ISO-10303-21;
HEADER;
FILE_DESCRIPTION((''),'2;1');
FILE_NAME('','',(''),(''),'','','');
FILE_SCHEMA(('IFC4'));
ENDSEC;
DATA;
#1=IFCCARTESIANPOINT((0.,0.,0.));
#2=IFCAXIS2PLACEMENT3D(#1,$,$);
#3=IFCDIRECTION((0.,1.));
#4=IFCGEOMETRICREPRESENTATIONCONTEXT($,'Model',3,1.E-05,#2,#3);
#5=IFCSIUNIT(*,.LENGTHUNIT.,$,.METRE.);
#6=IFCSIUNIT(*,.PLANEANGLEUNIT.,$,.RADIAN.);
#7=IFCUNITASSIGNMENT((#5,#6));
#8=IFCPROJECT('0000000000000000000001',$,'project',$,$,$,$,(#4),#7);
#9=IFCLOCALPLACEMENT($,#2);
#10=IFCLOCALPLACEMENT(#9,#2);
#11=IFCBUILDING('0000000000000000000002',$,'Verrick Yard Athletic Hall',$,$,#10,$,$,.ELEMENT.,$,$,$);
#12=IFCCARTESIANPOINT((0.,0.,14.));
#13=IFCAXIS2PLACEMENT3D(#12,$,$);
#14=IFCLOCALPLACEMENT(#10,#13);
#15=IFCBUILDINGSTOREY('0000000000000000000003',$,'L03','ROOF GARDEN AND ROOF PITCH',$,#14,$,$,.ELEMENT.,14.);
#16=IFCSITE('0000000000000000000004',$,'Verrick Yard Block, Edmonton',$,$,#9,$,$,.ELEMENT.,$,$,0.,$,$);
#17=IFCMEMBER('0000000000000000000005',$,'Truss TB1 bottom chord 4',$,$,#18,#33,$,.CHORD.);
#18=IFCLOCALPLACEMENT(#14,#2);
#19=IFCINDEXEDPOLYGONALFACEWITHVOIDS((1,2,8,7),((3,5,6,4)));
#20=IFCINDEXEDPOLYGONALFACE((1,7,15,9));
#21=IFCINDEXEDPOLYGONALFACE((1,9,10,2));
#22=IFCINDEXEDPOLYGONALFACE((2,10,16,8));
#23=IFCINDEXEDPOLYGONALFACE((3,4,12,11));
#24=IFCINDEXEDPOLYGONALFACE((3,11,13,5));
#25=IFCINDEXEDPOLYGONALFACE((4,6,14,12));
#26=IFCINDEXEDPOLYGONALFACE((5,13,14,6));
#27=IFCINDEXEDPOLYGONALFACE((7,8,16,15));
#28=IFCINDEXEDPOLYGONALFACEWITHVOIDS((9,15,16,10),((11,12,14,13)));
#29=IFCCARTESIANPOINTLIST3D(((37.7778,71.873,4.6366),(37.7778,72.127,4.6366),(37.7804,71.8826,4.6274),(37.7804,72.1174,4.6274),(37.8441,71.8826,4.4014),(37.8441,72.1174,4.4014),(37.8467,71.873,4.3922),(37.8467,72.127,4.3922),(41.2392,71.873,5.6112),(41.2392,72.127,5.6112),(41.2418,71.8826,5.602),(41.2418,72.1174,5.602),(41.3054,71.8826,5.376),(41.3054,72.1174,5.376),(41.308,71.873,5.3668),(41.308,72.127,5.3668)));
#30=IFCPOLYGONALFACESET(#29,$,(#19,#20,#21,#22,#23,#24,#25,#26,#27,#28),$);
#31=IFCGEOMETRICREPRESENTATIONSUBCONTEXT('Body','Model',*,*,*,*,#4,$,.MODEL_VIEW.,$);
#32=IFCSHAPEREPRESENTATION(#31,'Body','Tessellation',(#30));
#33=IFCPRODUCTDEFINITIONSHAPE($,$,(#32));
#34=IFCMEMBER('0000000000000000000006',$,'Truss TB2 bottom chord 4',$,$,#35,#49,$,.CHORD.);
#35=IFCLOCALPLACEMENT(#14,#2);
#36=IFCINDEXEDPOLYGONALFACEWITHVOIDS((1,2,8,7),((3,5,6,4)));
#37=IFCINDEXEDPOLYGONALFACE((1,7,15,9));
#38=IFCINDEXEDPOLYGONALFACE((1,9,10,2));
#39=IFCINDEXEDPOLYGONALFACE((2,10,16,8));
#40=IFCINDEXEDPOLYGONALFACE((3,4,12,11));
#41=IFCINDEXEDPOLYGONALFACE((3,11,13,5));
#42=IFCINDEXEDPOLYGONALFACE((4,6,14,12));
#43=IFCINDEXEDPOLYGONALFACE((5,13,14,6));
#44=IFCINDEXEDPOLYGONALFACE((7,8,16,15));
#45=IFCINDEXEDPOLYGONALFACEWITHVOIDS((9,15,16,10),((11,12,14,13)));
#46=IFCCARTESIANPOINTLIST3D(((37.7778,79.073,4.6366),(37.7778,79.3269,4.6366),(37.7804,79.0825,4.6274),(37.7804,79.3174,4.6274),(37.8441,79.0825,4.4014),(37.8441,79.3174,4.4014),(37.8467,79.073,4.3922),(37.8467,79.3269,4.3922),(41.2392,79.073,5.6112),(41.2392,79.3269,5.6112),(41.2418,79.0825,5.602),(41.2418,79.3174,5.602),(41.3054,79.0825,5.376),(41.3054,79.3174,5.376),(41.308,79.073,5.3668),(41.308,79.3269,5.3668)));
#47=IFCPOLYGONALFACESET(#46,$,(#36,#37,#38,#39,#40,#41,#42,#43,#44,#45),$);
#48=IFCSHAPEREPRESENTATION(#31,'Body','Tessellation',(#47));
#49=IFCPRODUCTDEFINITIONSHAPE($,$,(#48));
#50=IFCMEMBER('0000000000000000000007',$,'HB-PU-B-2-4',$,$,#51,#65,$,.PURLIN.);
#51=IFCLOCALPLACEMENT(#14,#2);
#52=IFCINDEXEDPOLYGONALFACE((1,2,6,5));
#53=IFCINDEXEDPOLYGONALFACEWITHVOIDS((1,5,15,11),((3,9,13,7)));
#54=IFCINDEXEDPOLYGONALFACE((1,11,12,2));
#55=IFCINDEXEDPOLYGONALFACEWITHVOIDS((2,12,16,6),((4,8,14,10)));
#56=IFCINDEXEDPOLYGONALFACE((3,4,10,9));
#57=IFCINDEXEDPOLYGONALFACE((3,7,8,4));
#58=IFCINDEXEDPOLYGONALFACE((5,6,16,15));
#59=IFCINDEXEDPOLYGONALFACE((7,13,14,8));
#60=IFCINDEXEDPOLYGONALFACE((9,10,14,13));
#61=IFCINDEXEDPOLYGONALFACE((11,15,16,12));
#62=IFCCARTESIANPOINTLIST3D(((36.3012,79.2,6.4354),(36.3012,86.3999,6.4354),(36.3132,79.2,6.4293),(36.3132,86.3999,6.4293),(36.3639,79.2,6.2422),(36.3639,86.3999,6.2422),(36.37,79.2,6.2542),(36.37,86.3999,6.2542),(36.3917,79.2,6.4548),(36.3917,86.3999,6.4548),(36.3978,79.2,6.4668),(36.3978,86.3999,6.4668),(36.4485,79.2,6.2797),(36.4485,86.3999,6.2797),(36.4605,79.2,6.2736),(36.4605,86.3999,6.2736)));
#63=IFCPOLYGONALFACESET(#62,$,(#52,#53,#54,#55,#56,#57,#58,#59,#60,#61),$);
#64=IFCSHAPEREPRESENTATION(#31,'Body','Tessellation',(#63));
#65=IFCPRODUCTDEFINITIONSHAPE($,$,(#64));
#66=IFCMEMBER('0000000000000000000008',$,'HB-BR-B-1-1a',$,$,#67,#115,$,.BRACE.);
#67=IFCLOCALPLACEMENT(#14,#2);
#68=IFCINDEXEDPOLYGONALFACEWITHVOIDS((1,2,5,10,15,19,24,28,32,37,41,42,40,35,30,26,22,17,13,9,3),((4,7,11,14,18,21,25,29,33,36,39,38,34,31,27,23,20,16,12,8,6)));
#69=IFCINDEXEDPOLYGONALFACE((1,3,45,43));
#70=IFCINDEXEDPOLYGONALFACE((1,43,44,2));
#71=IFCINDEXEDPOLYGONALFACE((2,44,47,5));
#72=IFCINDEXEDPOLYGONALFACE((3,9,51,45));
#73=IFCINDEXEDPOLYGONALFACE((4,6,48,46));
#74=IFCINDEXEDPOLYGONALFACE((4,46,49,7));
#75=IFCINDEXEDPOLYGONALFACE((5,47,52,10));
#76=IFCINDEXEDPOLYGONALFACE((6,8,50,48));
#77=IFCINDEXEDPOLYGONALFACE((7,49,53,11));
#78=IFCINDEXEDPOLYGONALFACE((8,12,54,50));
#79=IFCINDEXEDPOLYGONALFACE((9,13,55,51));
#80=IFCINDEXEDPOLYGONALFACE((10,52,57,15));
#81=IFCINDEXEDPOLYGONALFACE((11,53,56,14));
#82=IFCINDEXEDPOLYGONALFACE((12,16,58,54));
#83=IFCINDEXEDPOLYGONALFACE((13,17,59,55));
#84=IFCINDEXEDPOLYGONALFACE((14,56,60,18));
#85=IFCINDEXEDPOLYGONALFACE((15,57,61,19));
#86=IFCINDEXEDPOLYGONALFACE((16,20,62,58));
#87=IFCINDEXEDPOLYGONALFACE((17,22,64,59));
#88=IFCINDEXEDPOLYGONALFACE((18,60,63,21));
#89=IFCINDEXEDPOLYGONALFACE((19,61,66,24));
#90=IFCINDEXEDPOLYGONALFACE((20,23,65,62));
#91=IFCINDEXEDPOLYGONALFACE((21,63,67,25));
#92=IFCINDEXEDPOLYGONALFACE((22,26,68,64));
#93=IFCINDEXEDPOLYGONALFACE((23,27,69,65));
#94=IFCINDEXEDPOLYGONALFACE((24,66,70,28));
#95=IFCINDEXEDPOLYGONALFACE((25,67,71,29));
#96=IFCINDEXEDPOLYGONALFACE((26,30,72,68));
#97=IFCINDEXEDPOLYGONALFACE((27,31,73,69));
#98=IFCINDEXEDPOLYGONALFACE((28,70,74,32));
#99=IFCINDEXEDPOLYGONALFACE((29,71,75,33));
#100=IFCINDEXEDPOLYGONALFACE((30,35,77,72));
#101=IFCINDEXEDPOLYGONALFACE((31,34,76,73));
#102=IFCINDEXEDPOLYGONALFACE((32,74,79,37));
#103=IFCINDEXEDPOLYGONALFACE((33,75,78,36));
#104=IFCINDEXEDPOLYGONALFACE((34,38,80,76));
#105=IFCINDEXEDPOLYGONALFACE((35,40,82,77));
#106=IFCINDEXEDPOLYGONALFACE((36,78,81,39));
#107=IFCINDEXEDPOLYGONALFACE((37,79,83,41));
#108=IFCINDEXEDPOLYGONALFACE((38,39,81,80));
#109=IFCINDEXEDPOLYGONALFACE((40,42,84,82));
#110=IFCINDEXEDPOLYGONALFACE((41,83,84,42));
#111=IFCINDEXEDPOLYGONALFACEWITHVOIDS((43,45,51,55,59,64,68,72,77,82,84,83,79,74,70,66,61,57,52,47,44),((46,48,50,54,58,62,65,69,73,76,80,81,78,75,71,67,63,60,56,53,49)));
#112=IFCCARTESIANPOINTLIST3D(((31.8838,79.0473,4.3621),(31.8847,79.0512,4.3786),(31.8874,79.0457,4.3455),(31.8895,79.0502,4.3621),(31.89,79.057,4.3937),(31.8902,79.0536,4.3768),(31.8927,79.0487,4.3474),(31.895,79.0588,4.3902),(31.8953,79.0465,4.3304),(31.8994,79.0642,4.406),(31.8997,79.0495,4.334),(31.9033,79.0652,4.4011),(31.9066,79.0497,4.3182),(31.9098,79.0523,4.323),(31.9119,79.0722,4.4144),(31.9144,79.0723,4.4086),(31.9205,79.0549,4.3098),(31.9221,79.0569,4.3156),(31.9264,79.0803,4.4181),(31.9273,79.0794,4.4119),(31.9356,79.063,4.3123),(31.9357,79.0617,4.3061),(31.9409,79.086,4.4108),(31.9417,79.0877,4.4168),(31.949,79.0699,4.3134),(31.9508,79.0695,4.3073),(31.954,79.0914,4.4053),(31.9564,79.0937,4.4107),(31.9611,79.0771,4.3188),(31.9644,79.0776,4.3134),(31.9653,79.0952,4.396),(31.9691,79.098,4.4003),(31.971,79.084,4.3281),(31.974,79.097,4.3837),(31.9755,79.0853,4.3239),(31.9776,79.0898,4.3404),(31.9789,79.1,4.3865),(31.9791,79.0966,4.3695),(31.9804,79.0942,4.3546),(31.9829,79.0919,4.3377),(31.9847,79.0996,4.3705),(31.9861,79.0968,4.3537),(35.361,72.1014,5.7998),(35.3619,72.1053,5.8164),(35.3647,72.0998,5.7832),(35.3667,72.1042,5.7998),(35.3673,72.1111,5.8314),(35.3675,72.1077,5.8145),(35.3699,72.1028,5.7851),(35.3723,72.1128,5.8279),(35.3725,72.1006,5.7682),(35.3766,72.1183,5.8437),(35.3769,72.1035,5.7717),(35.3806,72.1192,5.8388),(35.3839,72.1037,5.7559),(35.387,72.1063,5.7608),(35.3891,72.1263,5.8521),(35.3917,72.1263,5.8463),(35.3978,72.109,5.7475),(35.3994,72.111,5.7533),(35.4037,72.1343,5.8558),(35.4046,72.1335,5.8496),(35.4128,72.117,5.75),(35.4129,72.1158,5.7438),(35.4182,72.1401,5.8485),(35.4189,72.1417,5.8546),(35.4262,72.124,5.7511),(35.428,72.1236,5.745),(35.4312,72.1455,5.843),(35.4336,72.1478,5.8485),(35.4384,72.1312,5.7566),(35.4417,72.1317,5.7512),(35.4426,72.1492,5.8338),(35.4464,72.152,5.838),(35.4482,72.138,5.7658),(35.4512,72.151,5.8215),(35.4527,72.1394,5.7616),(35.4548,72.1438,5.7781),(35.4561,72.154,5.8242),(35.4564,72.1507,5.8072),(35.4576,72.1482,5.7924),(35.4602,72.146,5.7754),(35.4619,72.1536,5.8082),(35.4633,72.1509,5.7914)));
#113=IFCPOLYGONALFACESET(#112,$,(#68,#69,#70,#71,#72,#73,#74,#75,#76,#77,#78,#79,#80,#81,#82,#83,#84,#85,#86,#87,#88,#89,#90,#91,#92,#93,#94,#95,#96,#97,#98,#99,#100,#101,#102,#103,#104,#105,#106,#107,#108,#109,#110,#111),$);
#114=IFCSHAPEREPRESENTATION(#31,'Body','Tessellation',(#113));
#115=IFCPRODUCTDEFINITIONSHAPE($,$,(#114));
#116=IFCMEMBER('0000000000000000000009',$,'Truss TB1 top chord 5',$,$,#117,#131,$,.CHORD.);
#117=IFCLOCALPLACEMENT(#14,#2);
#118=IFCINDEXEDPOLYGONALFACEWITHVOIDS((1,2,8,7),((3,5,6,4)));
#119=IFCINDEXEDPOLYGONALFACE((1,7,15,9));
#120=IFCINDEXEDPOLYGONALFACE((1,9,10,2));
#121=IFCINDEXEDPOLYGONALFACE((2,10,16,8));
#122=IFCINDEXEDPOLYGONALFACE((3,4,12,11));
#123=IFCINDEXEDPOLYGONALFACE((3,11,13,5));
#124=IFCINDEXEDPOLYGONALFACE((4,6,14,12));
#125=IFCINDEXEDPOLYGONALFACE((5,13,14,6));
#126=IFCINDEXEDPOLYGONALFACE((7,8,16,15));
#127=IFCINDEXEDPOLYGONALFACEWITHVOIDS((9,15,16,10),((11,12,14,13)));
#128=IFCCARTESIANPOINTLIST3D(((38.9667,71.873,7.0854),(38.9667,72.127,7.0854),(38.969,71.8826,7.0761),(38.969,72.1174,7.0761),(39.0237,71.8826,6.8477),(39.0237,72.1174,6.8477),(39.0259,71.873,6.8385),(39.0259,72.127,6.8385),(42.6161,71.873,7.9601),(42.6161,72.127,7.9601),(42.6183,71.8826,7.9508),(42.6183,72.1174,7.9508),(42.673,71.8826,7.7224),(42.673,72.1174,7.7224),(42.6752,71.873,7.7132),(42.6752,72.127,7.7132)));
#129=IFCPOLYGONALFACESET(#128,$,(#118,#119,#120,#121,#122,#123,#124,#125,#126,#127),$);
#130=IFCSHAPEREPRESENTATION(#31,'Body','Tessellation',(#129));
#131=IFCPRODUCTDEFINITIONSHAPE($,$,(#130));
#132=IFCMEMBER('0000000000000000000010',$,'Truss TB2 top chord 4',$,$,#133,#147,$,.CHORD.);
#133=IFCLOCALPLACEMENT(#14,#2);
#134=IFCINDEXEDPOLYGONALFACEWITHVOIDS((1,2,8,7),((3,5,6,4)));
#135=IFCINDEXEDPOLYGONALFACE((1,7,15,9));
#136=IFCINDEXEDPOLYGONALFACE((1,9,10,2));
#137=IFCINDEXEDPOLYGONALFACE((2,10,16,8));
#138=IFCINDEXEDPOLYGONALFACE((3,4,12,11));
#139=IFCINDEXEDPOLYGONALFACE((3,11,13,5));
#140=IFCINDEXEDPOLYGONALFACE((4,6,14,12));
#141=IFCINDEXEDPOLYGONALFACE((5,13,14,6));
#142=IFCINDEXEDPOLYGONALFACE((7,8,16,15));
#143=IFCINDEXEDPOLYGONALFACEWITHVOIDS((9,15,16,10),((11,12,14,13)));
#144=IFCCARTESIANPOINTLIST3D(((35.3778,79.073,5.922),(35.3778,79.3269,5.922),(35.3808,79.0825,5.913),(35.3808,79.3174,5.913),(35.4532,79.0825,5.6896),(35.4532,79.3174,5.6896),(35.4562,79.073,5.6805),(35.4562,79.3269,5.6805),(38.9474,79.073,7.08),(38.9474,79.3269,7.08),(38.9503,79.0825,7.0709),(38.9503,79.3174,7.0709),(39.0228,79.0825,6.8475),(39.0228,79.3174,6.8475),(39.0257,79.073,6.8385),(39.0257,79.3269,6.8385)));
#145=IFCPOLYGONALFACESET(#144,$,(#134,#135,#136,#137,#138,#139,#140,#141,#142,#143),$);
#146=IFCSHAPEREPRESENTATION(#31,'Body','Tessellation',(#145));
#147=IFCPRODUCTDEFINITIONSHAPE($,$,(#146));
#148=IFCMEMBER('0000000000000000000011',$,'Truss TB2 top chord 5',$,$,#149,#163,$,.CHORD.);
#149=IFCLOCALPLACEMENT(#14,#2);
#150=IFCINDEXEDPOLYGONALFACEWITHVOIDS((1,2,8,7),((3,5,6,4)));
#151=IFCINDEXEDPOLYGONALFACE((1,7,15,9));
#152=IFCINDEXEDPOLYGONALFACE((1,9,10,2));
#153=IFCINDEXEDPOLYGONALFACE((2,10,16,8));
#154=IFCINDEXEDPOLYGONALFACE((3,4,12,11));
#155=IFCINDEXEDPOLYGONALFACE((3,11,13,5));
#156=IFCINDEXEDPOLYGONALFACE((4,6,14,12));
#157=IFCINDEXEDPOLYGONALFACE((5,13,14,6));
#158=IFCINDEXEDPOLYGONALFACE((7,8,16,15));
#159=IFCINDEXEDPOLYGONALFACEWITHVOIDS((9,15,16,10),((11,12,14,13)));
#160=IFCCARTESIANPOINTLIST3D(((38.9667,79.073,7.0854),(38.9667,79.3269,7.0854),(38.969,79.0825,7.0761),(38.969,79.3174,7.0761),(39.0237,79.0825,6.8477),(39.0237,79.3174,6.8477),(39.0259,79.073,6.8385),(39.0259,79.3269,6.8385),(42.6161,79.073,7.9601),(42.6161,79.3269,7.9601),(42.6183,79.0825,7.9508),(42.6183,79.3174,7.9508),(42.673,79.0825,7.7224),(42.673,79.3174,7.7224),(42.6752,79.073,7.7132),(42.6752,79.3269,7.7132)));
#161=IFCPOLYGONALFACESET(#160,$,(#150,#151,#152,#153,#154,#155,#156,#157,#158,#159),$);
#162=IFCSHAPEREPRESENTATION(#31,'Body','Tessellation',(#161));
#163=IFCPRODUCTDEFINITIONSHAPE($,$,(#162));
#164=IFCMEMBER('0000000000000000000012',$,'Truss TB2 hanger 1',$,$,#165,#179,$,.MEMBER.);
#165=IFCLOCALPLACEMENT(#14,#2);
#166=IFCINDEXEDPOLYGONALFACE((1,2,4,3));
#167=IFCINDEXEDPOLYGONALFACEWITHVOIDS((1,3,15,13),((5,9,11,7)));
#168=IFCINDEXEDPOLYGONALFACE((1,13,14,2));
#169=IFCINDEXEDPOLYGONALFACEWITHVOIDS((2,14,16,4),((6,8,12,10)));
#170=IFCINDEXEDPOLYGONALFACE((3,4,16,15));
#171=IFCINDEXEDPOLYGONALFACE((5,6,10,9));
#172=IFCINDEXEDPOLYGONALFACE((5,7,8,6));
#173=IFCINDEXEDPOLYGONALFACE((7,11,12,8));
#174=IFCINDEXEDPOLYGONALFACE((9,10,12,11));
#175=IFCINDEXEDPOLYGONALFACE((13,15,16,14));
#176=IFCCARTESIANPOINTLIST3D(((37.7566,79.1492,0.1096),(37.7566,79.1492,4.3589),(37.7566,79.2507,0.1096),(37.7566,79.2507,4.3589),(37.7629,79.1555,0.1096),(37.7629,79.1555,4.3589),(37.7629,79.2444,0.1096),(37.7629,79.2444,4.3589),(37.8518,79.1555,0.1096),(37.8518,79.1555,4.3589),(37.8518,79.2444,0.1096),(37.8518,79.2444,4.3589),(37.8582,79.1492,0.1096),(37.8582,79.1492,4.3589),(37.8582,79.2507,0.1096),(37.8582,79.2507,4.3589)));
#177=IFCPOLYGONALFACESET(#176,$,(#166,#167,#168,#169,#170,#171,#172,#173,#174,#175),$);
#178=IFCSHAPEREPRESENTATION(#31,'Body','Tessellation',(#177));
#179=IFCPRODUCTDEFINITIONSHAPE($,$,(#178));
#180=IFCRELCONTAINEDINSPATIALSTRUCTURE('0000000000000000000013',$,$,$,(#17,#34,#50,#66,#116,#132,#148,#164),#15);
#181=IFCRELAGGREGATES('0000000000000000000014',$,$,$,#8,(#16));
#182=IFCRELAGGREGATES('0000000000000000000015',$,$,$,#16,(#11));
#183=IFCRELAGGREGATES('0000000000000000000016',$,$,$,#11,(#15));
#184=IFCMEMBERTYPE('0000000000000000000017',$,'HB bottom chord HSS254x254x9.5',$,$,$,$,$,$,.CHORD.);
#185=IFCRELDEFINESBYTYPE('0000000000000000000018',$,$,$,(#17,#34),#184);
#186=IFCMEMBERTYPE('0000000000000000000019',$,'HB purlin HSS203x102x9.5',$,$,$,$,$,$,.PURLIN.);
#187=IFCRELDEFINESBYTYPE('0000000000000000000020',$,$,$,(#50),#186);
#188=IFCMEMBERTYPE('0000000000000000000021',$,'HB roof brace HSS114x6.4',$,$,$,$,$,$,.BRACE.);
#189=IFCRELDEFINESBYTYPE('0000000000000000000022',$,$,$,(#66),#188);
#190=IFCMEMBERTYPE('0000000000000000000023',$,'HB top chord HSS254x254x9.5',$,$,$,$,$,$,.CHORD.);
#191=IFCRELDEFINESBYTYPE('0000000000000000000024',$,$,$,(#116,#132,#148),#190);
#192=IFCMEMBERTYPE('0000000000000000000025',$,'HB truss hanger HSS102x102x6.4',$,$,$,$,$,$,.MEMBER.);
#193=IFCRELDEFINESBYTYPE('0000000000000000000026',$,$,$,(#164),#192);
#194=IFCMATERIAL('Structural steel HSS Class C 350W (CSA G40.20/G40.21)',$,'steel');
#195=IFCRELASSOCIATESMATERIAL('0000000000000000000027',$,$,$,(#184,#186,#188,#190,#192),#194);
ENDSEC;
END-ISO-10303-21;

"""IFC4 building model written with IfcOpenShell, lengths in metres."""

from ifc_helpers import new_model, si_unit, direction, frame, origin, origin_2d, place, context, subcontext, project, spatial, hollow_rectangle, hollow_circle, extrude, material, material_profile, profile_set, type_object, element, save


model = new_model("IFC4")

# Units and contexts
model_context = context("Model", 3, precision=1e-05, world=origin(), true_north=direction((0.0, 1.0)))
body_context = subcontext(model_context, "Body", "Model", "MODEL_VIEW")
ifc_project = project(units=[si_unit("LENGTHUNIT", "METRE"), si_unit("PLANEANGLEUNIT", "RADIAN")], contexts=[model_context])

# Site, building, storey
site_placement = place(None, origin())
site = spatial("IfcSite", under=ifc_project, at=site_placement, Name="Verrick Yard Block, Edmonton", CompositionType="ELEMENT", RefElevation=0.0)
building_placement = place(site_placement, origin())
building = spatial("IfcBuilding", under=site, at=building_placement, Name="Verrick Yard Athletic Hall", CompositionType="ELEMENT")
storey_placement = place(building_placement, frame((0.0, 0.0, 14.0)))
storey = spatial("IfcBuildingStorey", under=building, at=storey_placement, Name="L03", Description="ROOF GARDEN AND ROOF PITCH", CompositionType="ELEMENT", Elevation=14.0)

# Members
ifc_material_1 = material(Name="Structural steel HSS Class C 350W (CSA G40.20/G40.21)", Category="steel")
ifc_material_profile_1 = material_profile(ifc_material_1, hollow_rectangle(XDim=0.2539, YDim=0.2539, WallThickness=0.0095, at=origin_2d()), Name="HSS254x254x9.5")
ifc_profile_set_1 = profile_set([ifc_material_profile_1], Name="Structural steel HSS Class C 350W (CSA G40.20/G40.21)")
member_type_1 = type_object("IfcMemberType", Name="HB bottom chord HSS254x254x9.5", PredefinedType="CHORD", material=ifc_profile_set_1)
for number, where, z_axis, x_axis, name in (
    (1, (37.8123, 72.0, 4.5144), (0.962572, 0.0, 0.271025), (0.0, 1.0, 0.0), "Truss TB1 bottom chord 4"),
    (2, (37.8123, 79.2, 4.5144), (0.962572, 0.0, 0.271025), (0.0, 1.0, 0.0), "Truss TB2 bottom chord 4"),
):
    element("IfcMember", number, at=place(storey_placement, frame(where, z_axis=z_axis, x_axis=x_axis)), inside=storey, type_object=member_type_1, Name=name, PredefinedType="CHORD", context=body_context, shape_type="SweptSolid", body=[
        extrude(hollow_rectangle(XDim=0.2539, YDim=0.2539, WallThickness=0.0095, at=origin_2d()), origin(), (0.0, 0.0, 1.0), 3.5959),
    ])
ifc_material_profile_2 = material_profile(ifc_material_1, hollow_rectangle(XDim=0.1016, YDim=0.2031, WallThickness=0.0095, at=origin_2d()), Name="HSS203x102x9.5")
ifc_profile_set_2 = profile_set([ifc_material_profile_2], Name="Structural steel HSS Class C 350W (CSA G40.20/G40.21)")
member_type_2 = type_object("IfcMemberType", Name="HB purlin HSS203x102x9.5", PredefinedType="PURLIN", material=ifc_profile_set_2)
member_1_placement = place(storey_placement, frame((36.3809, 79.2, 6.3545), z_axis=(0.0, 1.0, 0.0), x_axis=(-0.951214, 0.0, -0.308533)))
element("IfcMember", 3, at=member_1_placement, inside=storey, type_object=member_type_2, Name="HB-PU-B-2-4", PredefinedType="PURLIN", context=body_context, shape_type="SweptSolid", body=[
    extrude(hollow_rectangle(XDim=0.1016, YDim=0.2031, WallThickness=0.0095, at=origin_2d()), origin(), (0.0, 0.0, 1.0), 7.2),
])
ifc_material_profile_3 = material_profile(ifc_material_1, hollow_circle(Radius=0.0571, WallThickness=0.0063, at=origin_2d()), Name="HSS114x6.4")
ifc_profile_set_3 = profile_set([ifc_material_profile_3], Name="Structural steel HSS Class C 350W (CSA G40.20/G40.21)")
member_type_3 = type_object("IfcMemberType", Name="HB roof brace HSS114x6.4", PredefinedType="BRACE", material=ifc_profile_set_3)
member_2_placement = place(storey_placement, frame((35.4121, 72.127, 5.7998), z_axis=(-0.440177, 0.879273, -0.181998), x_axis=(-0.894207, -0.447654, 0.0)))
element("IfcMember", 4, at=member_2_placement, inside=storey, type_object=member_type_3, Name="HB-BR-B-1-1a", PredefinedType="BRACE", context=body_context, shape_type="SweptSolid", body=[
    extrude(hollow_circle(Radius=0.0571, WallThickness=0.0063, at=origin_2d()), origin(), (0.0, 0.0, 1.0), 7.8997),
])
ifc_material_profile_4 = material_profile(ifc_material_1, hollow_rectangle(XDim=0.2539, YDim=0.2539, WallThickness=0.0095, at=origin_2d()), Name="HSS254x254x9.5")
ifc_profile_set_4 = profile_set([ifc_material_profile_4], Name="Structural steel HSS Class C 350W (CSA G40.20/G40.21)")
member_type_4 = type_object("IfcMemberType", Name="HB top chord HSS254x254x9.5", PredefinedType="CHORD", material=ifc_profile_set_4)
for number, where, z_axis, x_axis, name in (
    (5, (38.9963, 72.0, 6.9619), (0.972454, 0.0, 0.233095), (0.0, 1.0, 0.0), "Truss TB1 top chord 5"),
    (6, (35.417, 79.2, 5.8013), (0.951203, 0.0, 0.308567), (0.0, 1.0, 0.0), "Truss TB2 top chord 4"),
    (7, (38.9963, 79.2, 6.9619), (0.972454, 0.0, 0.233095), (0.0, 1.0, 0.0), "Truss TB2 top chord 5"),
):
    element("IfcMember", number, at=place(storey_placement, frame(where, z_axis=z_axis, x_axis=x_axis)), inside=storey, type_object=member_type_4, Name=name, PredefinedType="CHORD", context=body_context, shape_type="SweptSolid", body=[
        extrude(hollow_rectangle(XDim=0.2539, YDim=0.2539, WallThickness=0.0095, at=origin_2d()), origin(), (0.0, 0.0, 1.0), 3.7527),
    ])
ifc_material_profile_5 = material_profile(ifc_material_1, hollow_rectangle(XDim=0.1016, YDim=0.1016, WallThickness=0.0063, at=origin_2d()), Name="HSS102x102x6.4")
ifc_profile_set_5 = profile_set([ifc_material_profile_5], Name="Structural steel HSS Class C 350W (CSA G40.20/G40.21)")
member_type_5 = type_object("IfcMemberType", Name="HB truss hanger HSS102x102x6.4", PredefinedType="MEMBER", material=ifc_profile_set_5)
member_3_placement = place(storey_placement, frame((37.8074, 79.2, 4.3589), z_axis=(0.0, 0.0, -1.0), x_axis=(0.0, -1.0, 0.0)))
element("IfcMember", 8, at=member_3_placement, inside=storey, type_object=member_type_5, Name="Truss TB2 hanger 1", PredefinedType="MEMBER", context=body_context, shape_type="SweptSolid", body=[
    extrude(hollow_rectangle(XDim=0.1016, YDim=0.1016, WallThickness=0.0063, at=origin_2d()), origin(), (0.0, 0.0, 1.0), 4.2493),
])

save(model, "model.ifc")
